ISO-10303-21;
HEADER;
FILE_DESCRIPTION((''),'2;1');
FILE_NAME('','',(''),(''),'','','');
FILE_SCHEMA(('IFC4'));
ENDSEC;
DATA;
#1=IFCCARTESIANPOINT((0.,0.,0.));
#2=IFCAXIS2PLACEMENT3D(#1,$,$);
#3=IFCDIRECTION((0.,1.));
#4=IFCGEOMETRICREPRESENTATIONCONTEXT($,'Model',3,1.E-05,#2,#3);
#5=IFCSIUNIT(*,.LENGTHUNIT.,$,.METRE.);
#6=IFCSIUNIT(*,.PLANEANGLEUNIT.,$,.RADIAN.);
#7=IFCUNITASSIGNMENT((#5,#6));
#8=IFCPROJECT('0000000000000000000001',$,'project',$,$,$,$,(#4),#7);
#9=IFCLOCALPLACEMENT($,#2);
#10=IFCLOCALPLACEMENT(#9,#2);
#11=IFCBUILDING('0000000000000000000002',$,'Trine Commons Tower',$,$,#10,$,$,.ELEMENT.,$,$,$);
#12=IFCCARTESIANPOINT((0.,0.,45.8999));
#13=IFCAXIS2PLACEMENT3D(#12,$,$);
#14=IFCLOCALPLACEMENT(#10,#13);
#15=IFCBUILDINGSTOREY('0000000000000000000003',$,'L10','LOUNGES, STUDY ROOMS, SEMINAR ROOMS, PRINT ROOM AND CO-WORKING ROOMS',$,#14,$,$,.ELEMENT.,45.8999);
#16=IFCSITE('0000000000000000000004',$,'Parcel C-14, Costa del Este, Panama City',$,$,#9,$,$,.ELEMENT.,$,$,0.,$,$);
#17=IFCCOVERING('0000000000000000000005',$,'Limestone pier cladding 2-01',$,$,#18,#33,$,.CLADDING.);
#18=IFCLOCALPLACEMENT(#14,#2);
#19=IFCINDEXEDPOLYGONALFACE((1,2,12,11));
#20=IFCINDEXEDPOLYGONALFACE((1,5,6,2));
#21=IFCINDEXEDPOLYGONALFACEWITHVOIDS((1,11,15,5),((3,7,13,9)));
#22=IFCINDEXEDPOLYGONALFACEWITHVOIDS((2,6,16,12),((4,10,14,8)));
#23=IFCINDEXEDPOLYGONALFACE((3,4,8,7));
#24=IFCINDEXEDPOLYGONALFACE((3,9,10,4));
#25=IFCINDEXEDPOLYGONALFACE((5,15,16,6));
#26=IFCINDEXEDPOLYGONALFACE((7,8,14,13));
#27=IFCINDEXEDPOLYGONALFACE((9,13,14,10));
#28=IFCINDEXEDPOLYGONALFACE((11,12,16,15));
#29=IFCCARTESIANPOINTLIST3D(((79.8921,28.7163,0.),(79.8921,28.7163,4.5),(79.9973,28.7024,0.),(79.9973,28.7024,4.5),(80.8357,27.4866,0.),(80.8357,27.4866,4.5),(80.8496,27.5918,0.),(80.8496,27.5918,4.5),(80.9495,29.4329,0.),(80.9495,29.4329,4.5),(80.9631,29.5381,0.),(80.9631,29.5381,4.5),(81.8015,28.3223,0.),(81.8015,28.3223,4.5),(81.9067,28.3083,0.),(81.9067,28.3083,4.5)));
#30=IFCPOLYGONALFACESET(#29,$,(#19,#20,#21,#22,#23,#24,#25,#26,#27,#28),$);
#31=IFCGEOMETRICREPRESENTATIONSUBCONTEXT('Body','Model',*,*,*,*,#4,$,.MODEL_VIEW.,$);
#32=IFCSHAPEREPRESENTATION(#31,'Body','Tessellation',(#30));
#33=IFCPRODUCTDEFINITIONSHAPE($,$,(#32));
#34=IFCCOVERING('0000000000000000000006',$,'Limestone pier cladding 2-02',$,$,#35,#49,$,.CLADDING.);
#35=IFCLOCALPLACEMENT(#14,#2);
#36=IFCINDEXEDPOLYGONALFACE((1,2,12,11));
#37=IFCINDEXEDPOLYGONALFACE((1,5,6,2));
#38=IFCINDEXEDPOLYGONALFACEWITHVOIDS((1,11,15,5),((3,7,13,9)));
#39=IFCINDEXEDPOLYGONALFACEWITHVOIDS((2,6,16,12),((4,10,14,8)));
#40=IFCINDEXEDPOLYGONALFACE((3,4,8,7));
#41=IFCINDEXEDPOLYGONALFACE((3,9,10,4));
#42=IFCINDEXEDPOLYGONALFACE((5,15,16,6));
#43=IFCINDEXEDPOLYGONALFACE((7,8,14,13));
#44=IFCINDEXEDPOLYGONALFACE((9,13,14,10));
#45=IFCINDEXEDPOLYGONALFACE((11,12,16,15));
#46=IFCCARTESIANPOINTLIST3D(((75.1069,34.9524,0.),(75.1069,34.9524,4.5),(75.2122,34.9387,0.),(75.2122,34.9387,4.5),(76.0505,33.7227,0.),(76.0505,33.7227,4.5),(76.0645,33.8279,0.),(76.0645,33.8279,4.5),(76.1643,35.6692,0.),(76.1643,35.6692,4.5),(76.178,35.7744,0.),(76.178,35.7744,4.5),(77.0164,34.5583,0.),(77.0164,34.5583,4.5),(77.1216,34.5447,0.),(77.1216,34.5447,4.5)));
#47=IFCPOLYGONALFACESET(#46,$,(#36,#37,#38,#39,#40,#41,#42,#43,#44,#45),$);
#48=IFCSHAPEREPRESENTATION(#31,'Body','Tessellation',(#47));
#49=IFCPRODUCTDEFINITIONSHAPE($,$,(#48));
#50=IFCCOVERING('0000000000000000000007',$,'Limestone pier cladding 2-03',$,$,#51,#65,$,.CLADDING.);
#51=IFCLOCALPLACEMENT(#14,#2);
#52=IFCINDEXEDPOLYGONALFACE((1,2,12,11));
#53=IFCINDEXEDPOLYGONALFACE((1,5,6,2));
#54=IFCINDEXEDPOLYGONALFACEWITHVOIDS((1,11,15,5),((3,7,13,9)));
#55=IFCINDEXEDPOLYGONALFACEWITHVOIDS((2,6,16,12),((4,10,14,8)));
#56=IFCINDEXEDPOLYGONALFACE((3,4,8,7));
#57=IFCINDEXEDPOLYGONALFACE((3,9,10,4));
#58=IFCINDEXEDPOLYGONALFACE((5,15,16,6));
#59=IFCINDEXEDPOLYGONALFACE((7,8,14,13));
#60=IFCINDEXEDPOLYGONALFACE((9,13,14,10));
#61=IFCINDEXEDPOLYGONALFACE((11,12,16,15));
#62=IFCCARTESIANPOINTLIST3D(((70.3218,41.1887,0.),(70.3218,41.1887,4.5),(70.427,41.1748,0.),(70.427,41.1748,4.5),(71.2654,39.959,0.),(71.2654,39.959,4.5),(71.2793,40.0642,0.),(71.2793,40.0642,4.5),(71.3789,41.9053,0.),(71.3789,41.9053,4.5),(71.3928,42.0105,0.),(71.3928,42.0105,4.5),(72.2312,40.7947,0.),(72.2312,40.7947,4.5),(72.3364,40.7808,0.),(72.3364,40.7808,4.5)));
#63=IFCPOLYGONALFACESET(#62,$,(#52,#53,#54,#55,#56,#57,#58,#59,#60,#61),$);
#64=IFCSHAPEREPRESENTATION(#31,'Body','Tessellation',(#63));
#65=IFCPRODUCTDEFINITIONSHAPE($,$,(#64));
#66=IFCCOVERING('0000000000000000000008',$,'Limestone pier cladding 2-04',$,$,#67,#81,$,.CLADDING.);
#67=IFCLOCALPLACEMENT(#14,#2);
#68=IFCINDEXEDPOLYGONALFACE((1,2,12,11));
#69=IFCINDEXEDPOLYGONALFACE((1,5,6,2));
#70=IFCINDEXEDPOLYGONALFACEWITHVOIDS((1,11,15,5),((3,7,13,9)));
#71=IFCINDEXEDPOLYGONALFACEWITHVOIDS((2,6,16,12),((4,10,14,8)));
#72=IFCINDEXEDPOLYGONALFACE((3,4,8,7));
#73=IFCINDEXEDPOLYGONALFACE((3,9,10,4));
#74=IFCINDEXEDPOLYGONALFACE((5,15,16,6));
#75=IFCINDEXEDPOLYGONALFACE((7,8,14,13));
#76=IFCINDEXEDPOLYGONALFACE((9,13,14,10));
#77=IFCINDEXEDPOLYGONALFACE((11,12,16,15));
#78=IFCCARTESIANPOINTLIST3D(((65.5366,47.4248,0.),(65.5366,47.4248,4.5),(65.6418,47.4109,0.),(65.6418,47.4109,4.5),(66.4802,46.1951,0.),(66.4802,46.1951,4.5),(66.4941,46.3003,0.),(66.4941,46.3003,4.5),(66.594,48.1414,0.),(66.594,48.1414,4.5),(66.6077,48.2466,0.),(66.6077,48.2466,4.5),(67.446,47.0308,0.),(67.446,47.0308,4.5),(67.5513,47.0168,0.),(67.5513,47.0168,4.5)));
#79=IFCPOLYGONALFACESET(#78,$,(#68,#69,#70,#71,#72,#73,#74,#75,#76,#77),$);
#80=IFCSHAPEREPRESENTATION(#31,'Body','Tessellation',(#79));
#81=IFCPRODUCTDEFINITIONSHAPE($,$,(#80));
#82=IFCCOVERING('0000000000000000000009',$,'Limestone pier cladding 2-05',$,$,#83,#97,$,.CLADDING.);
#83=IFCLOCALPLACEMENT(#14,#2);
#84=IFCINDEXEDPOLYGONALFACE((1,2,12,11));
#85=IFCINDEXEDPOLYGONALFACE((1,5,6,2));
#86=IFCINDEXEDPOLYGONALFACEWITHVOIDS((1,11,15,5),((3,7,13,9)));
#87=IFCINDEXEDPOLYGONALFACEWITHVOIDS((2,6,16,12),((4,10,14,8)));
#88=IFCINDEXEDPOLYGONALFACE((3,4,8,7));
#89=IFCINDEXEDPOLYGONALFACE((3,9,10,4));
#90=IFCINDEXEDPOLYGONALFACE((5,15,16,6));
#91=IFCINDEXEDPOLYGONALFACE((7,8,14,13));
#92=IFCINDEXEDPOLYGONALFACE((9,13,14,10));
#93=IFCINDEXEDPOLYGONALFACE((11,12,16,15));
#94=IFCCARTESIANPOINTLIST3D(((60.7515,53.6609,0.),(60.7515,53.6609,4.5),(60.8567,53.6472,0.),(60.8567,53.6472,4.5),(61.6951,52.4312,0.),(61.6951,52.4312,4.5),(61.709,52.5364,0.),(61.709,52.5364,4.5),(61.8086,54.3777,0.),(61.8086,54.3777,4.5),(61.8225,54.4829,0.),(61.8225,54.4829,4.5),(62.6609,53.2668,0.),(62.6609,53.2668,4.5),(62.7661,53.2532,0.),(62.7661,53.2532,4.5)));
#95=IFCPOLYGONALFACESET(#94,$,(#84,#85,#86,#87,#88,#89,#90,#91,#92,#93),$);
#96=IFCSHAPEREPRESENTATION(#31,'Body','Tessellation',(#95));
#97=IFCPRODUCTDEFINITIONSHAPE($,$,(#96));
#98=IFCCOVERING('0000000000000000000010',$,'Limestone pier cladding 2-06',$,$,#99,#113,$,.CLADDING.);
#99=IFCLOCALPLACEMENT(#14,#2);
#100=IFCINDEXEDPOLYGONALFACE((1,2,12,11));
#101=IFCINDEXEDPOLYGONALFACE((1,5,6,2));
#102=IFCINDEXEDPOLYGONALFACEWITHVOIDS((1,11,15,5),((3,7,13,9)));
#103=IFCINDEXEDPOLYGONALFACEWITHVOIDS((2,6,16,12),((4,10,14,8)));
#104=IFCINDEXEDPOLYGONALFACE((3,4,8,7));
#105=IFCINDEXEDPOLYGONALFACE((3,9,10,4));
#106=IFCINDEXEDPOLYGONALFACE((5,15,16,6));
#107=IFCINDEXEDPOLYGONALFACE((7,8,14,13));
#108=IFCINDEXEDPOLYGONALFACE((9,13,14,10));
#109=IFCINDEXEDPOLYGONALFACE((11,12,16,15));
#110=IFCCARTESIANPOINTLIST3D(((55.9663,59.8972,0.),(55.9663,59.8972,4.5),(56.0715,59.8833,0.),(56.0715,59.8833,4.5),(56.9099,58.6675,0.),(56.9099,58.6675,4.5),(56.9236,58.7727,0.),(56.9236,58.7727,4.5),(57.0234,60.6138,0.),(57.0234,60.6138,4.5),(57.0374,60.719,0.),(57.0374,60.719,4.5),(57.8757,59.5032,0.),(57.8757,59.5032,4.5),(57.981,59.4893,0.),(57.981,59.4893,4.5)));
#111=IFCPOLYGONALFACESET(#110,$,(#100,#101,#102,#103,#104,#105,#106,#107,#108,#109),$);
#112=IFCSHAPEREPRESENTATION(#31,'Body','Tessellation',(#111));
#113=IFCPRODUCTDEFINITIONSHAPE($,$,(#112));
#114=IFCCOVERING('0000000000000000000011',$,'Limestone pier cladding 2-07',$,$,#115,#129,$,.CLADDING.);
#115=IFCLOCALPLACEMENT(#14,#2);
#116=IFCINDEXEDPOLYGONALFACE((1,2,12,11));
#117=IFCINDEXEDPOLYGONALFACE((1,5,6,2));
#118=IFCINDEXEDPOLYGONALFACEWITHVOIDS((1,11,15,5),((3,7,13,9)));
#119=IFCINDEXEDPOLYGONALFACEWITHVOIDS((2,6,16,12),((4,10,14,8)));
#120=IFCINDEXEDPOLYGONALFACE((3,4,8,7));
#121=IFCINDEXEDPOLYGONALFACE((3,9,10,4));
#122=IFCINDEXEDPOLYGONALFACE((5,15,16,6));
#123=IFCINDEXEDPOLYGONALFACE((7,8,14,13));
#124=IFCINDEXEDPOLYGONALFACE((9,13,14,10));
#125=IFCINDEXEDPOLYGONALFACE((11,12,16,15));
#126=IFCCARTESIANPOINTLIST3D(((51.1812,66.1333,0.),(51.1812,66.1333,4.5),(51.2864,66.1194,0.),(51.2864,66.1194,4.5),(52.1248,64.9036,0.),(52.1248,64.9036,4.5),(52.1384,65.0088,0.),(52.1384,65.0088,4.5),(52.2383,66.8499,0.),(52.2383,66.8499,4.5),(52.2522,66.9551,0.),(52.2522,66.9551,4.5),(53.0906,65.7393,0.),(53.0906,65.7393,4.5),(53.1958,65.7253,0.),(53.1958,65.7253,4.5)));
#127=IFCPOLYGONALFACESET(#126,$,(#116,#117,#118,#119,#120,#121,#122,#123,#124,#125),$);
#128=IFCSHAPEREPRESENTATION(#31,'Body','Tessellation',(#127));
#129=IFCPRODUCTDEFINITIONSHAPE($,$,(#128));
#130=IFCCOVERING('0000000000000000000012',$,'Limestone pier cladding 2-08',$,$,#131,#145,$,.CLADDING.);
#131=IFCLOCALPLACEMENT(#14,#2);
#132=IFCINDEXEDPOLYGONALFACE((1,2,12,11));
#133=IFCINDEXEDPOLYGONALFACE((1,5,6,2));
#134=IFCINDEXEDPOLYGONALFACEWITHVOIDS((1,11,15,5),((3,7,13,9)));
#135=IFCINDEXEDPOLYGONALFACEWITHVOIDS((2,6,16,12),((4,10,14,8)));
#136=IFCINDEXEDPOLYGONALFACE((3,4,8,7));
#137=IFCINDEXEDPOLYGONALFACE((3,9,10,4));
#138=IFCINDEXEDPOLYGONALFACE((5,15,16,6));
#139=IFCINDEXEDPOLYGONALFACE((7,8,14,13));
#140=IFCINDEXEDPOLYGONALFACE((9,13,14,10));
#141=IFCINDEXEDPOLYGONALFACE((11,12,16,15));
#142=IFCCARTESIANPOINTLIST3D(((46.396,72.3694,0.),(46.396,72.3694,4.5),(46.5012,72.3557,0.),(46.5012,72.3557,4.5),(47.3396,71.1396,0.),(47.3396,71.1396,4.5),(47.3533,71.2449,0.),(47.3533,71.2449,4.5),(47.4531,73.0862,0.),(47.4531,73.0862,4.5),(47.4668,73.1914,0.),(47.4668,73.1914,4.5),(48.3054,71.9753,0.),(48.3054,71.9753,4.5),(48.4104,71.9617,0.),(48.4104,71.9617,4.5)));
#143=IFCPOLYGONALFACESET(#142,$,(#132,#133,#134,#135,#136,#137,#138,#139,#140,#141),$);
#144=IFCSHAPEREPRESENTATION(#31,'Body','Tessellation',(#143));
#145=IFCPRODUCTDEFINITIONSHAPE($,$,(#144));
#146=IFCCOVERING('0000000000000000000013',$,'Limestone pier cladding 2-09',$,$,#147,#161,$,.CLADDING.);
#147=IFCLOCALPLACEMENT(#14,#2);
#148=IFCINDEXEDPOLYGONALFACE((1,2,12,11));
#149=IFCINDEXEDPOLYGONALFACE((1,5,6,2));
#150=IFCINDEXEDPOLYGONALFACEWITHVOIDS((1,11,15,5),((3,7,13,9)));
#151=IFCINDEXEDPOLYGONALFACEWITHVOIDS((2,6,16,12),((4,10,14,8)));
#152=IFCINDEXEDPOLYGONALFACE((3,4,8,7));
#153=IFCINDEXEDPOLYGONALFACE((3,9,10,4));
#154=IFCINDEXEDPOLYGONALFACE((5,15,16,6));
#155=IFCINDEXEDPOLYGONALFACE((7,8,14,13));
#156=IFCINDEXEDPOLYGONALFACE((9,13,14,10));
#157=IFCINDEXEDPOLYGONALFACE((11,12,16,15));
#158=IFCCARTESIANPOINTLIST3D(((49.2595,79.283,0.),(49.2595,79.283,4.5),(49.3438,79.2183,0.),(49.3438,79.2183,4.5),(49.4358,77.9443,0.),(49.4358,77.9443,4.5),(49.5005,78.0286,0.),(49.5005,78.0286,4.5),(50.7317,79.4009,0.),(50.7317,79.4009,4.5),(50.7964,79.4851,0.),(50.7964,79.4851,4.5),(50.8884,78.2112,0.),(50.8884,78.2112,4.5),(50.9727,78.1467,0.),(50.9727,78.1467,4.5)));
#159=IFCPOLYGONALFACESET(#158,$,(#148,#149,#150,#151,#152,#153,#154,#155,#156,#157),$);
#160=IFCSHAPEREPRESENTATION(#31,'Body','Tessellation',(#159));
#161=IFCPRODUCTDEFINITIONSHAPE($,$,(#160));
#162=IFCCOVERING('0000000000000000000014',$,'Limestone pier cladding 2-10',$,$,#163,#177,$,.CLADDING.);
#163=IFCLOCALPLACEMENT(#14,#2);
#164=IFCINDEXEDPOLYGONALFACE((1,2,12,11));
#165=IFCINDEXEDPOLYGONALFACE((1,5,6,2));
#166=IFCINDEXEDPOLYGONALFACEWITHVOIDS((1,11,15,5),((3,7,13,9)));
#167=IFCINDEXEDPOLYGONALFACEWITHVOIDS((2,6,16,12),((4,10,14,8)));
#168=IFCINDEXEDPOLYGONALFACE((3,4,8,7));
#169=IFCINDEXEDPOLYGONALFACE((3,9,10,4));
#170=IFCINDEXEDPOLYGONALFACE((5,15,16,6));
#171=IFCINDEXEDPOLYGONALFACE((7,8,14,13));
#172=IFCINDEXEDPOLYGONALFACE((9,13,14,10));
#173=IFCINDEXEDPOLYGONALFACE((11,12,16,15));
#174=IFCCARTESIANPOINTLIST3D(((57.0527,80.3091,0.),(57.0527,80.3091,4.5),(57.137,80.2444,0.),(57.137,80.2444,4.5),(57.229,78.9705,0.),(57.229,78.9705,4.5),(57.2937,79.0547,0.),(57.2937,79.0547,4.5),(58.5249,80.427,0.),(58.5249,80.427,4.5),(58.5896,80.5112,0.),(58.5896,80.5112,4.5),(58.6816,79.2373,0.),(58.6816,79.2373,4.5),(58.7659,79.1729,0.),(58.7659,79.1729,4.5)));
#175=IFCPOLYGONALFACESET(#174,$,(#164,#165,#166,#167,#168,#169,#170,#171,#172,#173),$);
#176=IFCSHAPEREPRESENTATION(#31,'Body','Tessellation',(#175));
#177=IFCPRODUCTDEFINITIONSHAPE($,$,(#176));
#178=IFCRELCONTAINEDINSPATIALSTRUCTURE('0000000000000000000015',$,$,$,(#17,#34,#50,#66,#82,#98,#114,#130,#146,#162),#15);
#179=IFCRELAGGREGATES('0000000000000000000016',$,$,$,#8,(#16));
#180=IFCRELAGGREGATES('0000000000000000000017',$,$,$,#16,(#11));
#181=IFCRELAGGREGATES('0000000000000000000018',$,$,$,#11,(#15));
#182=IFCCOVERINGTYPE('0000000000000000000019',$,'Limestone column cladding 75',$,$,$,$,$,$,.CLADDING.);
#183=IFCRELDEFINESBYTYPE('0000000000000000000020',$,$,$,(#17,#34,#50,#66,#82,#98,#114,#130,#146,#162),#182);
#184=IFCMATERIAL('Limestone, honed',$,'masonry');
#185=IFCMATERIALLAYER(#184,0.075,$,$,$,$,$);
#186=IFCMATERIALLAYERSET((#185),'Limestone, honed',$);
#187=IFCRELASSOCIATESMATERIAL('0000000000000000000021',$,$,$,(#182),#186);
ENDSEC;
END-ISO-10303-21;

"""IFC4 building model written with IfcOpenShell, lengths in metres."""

from ifc_helpers import new_model, si_unit, direction, frame, origin, place, context, subcontext, project, spatial, polyline, outline, extrude, material, layer, layer_set, type_object, element, save


model = new_model("IFC4")

# Units and contexts
model_context = context("Model", 3, precision=1e-05, world=origin(), true_north=direction((0.0, 1.0)))
body_context = subcontext(model_context, "Body", "Model", "MODEL_VIEW")
ifc_project = project(units=[si_unit("LENGTHUNIT", "METRE"), si_unit("PLANEANGLEUNIT", "RADIAN")], contexts=[model_context])

# Site, building, storey
site_placement = place(None, origin())
site = spatial("IfcSite", under=ifc_project, at=site_placement, Name="Parcel C-14, Costa del Este, Panama City", CompositionType="ELEMENT", RefElevation=0.0)
building_placement = place(site_placement, origin())
building = spatial("IfcBuilding", under=site, at=building_placement, Name="Trine Commons Tower", CompositionType="ELEMENT")
storey_placement = place(building_placement, frame((0.0, 0.0, 45.8999)))
storey = spatial("IfcBuildingStorey", under=building, at=storey_placement, Name="L10", Description="LOUNGES, STUDY ROOMS, SEMINAR ROOMS, PRINT ROOM AND CO-WORKING ROOMS", CompositionType="ELEMENT", Elevation=45.8999)

# Coverings
ifc_material_1 = material(Name="Limestone, honed", Category="masonry")
ifc_layer_1 = layer(ifc_material_1, 0.075)
ifc_layer_set_1 = layer_set([ifc_layer_1], Name="Limestone, honed")
covering_type_1 = type_object("IfcCoveringType", Name="Limestone column cladding 75", PredefinedType="CLADDING", material=ifc_layer_set_1)
covering_1_placement = place(storey_placement, origin())
element("IfcCovering", 1, at=covering_1_placement, inside=storey, type_object=covering_type_1, Name="Limestone pier cladding 2-01", PredefinedType="CLADDING", context=body_context, shape_type="SweptSolid", body=[
    extrude(outline(polyline([(80.9631, 29.5381), (79.8921, 28.7163), (80.8357, 27.4866), (81.9067, 28.3083), (80.9631, 29.5381)]), holes=[polyline([(80.9495, 29.4329), (79.9973, 28.7024), (80.8496, 27.5918), (81.8015, 28.3223), (80.9495, 29.4329)])]), origin(), (0.0, 0.0, 1.0), 4.5),
])
covering_2_placement = place(storey_placement, origin())
element("IfcCovering", 2, at=covering_2_placement, inside=storey, type_object=covering_type_1, Name="Limestone pier cladding 2-02", PredefinedType="CLADDING", context=body_context, shape_type="SweptSolid", body=[
    extrude(outline(polyline([(76.178, 35.7744), (75.1069, 34.9524), (76.0505, 33.7227), (77.1216, 34.5447), (76.178, 35.7744)]), holes=[polyline([(76.1643, 35.6692), (75.2122, 34.9387), (76.0645, 33.8279), (77.0164, 34.5583), (76.1643, 35.6692)])]), origin(), (0.0, 0.0, 1.0), 4.5),
])
covering_3_placement = place(storey_placement, origin())
element("IfcCovering", 3, at=covering_3_placement, inside=storey, type_object=covering_type_1, Name="Limestone pier cladding 2-03", PredefinedType="CLADDING", context=body_context, shape_type="SweptSolid", body=[
    extrude(outline(polyline([(71.3928, 42.0105), (70.3218, 41.1887), (71.2654, 39.959), (72.3364, 40.7808), (71.3928, 42.0105)]), holes=[polyline([(71.3789, 41.9053), (70.427, 41.1748), (71.2793, 40.0642), (72.2312, 40.7947), (71.3789, 41.9053)])]), origin(), (0.0, 0.0, 1.0), 4.5),
])
covering_4_placement = place(storey_placement, origin())
element("IfcCovering", 4, at=covering_4_placement, inside=storey, type_object=covering_type_1, Name="Limestone pier cladding 2-04", PredefinedType="CLADDING", context=body_context, shape_type="SweptSolid", body=[
    extrude(outline(polyline([(66.6077, 48.2466), (65.5366, 47.4248), (66.4802, 46.1951), (67.5513, 47.0168), (66.6077, 48.2466)]), holes=[polyline([(66.594, 48.1414), (65.6418, 47.4109), (66.4941, 46.3003), (67.446, 47.0308), (66.594, 48.1414)])]), origin(), (0.0, 0.0, 1.0), 4.5),
])
covering_5_placement = place(storey_placement, origin())
element("IfcCovering", 5, at=covering_5_placement, inside=storey, type_object=covering_type_1, Name="Limestone pier cladding 2-05", PredefinedType="CLADDING", context=body_context, shape_type="SweptSolid", body=[
    extrude(outline(polyline([(61.8225, 54.4829), (60.7515, 53.6609), (61.6951, 52.4312), (62.7661, 53.2532), (61.8225, 54.4829)]), holes=[polyline([(61.8086, 54.3777), (60.8567, 53.6472), (61.709, 52.5364), (62.6609, 53.2668), (61.8086, 54.3777)])]), origin(), (0.0, 0.0, 1.0), 4.5),
])
covering_6_placement = place(storey_placement, origin())
element("IfcCovering", 6, at=covering_6_placement, inside=storey, type_object=covering_type_1, Name="Limestone pier cladding 2-06", PredefinedType="CLADDING", context=body_context, shape_type="SweptSolid", body=[
    extrude(outline(polyline([(57.0374, 60.719), (55.9663, 59.8972), (56.9099, 58.6675), (57.981, 59.4893), (57.0374, 60.719)]), holes=[polyline([(57.0234, 60.6138), (56.0715, 59.8833), (56.9236, 58.7727), (57.8757, 59.5032), (57.0234, 60.6138)])]), origin(), (0.0, 0.0, 1.0), 4.5),
])
covering_7_placement = place(storey_placement, origin())
element("IfcCovering", 7, at=covering_7_placement, inside=storey, type_object=covering_type_1, Name="Limestone pier cladding 2-07", PredefinedType="CLADDING", context=body_context, shape_type="SweptSolid", body=[
    extrude(outline(polyline([(52.2522, 66.9551), (51.1812, 66.1333), (52.1248, 64.9036), (53.1958, 65.7253), (52.2522, 66.9551)]), holes=[polyline([(52.2383, 66.8499), (51.2864, 66.1194), (52.1384, 65.0088), (53.0906, 65.7393), (52.2383, 66.8499)])]), origin(), (0.0, 0.0, 1.0), 4.5),
])
covering_8_placement = place(storey_placement, origin())
element("IfcCovering", 8, at=covering_8_placement, inside=storey, type_object=covering_type_1, Name="Limestone pier cladding 2-08", PredefinedType="CLADDING", context=body_context, shape_type="SweptSolid", body=[
    extrude(outline(polyline([(47.4668, 73.1914), (46.396, 72.3694), (47.3396, 71.1396), (48.4104, 71.9617), (47.4668, 73.1914)]), holes=[polyline([(47.4531, 73.0862), (46.5012, 72.3557), (47.3533, 71.2449), (48.3054, 71.9753), (47.4531, 73.0862)])]), origin(), (0.0, 0.0, 1.0), 4.5),
])
covering_9_placement = place(storey_placement, origin())
element("IfcCovering", 9, at=covering_9_placement, inside=storey, type_object=covering_type_1, Name="Limestone pier cladding 2-09", PredefinedType="CLADDING", context=body_context, shape_type="SweptSolid", body=[
    extrude(outline(polyline([(50.9727, 78.1467), (50.7964, 79.4851), (49.2595, 79.283), (49.4358, 77.9443), (50.9727, 78.1467)]), holes=[polyline([(50.8884, 78.2112), (50.7317, 79.4009), (49.3438, 79.2183), (49.5005, 78.0286), (50.8884, 78.2112)])]), origin(), (0.0, 0.0, 1.0), 4.5),
])
covering_10_placement = place(storey_placement, origin())
element("IfcCovering", 10, at=covering_10_placement, inside=storey, type_object=covering_type_1, Name="Limestone pier cladding 2-10", PredefinedType="CLADDING", context=body_context, shape_type="SweptSolid", body=[
    extrude(outline(polyline([(58.7659, 79.1729), (58.5896, 80.5112), (57.0527, 80.3091), (57.229, 78.9705), (58.7659, 79.1729)]), holes=[polyline([(58.6816, 79.2373), (58.5249, 80.427), (57.137, 80.2444), (57.2937, 79.0547), (58.6816, 79.2373)])]), origin(), (0.0, 0.0, 1.0), 4.5),
])

save(model, "model.ifc")
